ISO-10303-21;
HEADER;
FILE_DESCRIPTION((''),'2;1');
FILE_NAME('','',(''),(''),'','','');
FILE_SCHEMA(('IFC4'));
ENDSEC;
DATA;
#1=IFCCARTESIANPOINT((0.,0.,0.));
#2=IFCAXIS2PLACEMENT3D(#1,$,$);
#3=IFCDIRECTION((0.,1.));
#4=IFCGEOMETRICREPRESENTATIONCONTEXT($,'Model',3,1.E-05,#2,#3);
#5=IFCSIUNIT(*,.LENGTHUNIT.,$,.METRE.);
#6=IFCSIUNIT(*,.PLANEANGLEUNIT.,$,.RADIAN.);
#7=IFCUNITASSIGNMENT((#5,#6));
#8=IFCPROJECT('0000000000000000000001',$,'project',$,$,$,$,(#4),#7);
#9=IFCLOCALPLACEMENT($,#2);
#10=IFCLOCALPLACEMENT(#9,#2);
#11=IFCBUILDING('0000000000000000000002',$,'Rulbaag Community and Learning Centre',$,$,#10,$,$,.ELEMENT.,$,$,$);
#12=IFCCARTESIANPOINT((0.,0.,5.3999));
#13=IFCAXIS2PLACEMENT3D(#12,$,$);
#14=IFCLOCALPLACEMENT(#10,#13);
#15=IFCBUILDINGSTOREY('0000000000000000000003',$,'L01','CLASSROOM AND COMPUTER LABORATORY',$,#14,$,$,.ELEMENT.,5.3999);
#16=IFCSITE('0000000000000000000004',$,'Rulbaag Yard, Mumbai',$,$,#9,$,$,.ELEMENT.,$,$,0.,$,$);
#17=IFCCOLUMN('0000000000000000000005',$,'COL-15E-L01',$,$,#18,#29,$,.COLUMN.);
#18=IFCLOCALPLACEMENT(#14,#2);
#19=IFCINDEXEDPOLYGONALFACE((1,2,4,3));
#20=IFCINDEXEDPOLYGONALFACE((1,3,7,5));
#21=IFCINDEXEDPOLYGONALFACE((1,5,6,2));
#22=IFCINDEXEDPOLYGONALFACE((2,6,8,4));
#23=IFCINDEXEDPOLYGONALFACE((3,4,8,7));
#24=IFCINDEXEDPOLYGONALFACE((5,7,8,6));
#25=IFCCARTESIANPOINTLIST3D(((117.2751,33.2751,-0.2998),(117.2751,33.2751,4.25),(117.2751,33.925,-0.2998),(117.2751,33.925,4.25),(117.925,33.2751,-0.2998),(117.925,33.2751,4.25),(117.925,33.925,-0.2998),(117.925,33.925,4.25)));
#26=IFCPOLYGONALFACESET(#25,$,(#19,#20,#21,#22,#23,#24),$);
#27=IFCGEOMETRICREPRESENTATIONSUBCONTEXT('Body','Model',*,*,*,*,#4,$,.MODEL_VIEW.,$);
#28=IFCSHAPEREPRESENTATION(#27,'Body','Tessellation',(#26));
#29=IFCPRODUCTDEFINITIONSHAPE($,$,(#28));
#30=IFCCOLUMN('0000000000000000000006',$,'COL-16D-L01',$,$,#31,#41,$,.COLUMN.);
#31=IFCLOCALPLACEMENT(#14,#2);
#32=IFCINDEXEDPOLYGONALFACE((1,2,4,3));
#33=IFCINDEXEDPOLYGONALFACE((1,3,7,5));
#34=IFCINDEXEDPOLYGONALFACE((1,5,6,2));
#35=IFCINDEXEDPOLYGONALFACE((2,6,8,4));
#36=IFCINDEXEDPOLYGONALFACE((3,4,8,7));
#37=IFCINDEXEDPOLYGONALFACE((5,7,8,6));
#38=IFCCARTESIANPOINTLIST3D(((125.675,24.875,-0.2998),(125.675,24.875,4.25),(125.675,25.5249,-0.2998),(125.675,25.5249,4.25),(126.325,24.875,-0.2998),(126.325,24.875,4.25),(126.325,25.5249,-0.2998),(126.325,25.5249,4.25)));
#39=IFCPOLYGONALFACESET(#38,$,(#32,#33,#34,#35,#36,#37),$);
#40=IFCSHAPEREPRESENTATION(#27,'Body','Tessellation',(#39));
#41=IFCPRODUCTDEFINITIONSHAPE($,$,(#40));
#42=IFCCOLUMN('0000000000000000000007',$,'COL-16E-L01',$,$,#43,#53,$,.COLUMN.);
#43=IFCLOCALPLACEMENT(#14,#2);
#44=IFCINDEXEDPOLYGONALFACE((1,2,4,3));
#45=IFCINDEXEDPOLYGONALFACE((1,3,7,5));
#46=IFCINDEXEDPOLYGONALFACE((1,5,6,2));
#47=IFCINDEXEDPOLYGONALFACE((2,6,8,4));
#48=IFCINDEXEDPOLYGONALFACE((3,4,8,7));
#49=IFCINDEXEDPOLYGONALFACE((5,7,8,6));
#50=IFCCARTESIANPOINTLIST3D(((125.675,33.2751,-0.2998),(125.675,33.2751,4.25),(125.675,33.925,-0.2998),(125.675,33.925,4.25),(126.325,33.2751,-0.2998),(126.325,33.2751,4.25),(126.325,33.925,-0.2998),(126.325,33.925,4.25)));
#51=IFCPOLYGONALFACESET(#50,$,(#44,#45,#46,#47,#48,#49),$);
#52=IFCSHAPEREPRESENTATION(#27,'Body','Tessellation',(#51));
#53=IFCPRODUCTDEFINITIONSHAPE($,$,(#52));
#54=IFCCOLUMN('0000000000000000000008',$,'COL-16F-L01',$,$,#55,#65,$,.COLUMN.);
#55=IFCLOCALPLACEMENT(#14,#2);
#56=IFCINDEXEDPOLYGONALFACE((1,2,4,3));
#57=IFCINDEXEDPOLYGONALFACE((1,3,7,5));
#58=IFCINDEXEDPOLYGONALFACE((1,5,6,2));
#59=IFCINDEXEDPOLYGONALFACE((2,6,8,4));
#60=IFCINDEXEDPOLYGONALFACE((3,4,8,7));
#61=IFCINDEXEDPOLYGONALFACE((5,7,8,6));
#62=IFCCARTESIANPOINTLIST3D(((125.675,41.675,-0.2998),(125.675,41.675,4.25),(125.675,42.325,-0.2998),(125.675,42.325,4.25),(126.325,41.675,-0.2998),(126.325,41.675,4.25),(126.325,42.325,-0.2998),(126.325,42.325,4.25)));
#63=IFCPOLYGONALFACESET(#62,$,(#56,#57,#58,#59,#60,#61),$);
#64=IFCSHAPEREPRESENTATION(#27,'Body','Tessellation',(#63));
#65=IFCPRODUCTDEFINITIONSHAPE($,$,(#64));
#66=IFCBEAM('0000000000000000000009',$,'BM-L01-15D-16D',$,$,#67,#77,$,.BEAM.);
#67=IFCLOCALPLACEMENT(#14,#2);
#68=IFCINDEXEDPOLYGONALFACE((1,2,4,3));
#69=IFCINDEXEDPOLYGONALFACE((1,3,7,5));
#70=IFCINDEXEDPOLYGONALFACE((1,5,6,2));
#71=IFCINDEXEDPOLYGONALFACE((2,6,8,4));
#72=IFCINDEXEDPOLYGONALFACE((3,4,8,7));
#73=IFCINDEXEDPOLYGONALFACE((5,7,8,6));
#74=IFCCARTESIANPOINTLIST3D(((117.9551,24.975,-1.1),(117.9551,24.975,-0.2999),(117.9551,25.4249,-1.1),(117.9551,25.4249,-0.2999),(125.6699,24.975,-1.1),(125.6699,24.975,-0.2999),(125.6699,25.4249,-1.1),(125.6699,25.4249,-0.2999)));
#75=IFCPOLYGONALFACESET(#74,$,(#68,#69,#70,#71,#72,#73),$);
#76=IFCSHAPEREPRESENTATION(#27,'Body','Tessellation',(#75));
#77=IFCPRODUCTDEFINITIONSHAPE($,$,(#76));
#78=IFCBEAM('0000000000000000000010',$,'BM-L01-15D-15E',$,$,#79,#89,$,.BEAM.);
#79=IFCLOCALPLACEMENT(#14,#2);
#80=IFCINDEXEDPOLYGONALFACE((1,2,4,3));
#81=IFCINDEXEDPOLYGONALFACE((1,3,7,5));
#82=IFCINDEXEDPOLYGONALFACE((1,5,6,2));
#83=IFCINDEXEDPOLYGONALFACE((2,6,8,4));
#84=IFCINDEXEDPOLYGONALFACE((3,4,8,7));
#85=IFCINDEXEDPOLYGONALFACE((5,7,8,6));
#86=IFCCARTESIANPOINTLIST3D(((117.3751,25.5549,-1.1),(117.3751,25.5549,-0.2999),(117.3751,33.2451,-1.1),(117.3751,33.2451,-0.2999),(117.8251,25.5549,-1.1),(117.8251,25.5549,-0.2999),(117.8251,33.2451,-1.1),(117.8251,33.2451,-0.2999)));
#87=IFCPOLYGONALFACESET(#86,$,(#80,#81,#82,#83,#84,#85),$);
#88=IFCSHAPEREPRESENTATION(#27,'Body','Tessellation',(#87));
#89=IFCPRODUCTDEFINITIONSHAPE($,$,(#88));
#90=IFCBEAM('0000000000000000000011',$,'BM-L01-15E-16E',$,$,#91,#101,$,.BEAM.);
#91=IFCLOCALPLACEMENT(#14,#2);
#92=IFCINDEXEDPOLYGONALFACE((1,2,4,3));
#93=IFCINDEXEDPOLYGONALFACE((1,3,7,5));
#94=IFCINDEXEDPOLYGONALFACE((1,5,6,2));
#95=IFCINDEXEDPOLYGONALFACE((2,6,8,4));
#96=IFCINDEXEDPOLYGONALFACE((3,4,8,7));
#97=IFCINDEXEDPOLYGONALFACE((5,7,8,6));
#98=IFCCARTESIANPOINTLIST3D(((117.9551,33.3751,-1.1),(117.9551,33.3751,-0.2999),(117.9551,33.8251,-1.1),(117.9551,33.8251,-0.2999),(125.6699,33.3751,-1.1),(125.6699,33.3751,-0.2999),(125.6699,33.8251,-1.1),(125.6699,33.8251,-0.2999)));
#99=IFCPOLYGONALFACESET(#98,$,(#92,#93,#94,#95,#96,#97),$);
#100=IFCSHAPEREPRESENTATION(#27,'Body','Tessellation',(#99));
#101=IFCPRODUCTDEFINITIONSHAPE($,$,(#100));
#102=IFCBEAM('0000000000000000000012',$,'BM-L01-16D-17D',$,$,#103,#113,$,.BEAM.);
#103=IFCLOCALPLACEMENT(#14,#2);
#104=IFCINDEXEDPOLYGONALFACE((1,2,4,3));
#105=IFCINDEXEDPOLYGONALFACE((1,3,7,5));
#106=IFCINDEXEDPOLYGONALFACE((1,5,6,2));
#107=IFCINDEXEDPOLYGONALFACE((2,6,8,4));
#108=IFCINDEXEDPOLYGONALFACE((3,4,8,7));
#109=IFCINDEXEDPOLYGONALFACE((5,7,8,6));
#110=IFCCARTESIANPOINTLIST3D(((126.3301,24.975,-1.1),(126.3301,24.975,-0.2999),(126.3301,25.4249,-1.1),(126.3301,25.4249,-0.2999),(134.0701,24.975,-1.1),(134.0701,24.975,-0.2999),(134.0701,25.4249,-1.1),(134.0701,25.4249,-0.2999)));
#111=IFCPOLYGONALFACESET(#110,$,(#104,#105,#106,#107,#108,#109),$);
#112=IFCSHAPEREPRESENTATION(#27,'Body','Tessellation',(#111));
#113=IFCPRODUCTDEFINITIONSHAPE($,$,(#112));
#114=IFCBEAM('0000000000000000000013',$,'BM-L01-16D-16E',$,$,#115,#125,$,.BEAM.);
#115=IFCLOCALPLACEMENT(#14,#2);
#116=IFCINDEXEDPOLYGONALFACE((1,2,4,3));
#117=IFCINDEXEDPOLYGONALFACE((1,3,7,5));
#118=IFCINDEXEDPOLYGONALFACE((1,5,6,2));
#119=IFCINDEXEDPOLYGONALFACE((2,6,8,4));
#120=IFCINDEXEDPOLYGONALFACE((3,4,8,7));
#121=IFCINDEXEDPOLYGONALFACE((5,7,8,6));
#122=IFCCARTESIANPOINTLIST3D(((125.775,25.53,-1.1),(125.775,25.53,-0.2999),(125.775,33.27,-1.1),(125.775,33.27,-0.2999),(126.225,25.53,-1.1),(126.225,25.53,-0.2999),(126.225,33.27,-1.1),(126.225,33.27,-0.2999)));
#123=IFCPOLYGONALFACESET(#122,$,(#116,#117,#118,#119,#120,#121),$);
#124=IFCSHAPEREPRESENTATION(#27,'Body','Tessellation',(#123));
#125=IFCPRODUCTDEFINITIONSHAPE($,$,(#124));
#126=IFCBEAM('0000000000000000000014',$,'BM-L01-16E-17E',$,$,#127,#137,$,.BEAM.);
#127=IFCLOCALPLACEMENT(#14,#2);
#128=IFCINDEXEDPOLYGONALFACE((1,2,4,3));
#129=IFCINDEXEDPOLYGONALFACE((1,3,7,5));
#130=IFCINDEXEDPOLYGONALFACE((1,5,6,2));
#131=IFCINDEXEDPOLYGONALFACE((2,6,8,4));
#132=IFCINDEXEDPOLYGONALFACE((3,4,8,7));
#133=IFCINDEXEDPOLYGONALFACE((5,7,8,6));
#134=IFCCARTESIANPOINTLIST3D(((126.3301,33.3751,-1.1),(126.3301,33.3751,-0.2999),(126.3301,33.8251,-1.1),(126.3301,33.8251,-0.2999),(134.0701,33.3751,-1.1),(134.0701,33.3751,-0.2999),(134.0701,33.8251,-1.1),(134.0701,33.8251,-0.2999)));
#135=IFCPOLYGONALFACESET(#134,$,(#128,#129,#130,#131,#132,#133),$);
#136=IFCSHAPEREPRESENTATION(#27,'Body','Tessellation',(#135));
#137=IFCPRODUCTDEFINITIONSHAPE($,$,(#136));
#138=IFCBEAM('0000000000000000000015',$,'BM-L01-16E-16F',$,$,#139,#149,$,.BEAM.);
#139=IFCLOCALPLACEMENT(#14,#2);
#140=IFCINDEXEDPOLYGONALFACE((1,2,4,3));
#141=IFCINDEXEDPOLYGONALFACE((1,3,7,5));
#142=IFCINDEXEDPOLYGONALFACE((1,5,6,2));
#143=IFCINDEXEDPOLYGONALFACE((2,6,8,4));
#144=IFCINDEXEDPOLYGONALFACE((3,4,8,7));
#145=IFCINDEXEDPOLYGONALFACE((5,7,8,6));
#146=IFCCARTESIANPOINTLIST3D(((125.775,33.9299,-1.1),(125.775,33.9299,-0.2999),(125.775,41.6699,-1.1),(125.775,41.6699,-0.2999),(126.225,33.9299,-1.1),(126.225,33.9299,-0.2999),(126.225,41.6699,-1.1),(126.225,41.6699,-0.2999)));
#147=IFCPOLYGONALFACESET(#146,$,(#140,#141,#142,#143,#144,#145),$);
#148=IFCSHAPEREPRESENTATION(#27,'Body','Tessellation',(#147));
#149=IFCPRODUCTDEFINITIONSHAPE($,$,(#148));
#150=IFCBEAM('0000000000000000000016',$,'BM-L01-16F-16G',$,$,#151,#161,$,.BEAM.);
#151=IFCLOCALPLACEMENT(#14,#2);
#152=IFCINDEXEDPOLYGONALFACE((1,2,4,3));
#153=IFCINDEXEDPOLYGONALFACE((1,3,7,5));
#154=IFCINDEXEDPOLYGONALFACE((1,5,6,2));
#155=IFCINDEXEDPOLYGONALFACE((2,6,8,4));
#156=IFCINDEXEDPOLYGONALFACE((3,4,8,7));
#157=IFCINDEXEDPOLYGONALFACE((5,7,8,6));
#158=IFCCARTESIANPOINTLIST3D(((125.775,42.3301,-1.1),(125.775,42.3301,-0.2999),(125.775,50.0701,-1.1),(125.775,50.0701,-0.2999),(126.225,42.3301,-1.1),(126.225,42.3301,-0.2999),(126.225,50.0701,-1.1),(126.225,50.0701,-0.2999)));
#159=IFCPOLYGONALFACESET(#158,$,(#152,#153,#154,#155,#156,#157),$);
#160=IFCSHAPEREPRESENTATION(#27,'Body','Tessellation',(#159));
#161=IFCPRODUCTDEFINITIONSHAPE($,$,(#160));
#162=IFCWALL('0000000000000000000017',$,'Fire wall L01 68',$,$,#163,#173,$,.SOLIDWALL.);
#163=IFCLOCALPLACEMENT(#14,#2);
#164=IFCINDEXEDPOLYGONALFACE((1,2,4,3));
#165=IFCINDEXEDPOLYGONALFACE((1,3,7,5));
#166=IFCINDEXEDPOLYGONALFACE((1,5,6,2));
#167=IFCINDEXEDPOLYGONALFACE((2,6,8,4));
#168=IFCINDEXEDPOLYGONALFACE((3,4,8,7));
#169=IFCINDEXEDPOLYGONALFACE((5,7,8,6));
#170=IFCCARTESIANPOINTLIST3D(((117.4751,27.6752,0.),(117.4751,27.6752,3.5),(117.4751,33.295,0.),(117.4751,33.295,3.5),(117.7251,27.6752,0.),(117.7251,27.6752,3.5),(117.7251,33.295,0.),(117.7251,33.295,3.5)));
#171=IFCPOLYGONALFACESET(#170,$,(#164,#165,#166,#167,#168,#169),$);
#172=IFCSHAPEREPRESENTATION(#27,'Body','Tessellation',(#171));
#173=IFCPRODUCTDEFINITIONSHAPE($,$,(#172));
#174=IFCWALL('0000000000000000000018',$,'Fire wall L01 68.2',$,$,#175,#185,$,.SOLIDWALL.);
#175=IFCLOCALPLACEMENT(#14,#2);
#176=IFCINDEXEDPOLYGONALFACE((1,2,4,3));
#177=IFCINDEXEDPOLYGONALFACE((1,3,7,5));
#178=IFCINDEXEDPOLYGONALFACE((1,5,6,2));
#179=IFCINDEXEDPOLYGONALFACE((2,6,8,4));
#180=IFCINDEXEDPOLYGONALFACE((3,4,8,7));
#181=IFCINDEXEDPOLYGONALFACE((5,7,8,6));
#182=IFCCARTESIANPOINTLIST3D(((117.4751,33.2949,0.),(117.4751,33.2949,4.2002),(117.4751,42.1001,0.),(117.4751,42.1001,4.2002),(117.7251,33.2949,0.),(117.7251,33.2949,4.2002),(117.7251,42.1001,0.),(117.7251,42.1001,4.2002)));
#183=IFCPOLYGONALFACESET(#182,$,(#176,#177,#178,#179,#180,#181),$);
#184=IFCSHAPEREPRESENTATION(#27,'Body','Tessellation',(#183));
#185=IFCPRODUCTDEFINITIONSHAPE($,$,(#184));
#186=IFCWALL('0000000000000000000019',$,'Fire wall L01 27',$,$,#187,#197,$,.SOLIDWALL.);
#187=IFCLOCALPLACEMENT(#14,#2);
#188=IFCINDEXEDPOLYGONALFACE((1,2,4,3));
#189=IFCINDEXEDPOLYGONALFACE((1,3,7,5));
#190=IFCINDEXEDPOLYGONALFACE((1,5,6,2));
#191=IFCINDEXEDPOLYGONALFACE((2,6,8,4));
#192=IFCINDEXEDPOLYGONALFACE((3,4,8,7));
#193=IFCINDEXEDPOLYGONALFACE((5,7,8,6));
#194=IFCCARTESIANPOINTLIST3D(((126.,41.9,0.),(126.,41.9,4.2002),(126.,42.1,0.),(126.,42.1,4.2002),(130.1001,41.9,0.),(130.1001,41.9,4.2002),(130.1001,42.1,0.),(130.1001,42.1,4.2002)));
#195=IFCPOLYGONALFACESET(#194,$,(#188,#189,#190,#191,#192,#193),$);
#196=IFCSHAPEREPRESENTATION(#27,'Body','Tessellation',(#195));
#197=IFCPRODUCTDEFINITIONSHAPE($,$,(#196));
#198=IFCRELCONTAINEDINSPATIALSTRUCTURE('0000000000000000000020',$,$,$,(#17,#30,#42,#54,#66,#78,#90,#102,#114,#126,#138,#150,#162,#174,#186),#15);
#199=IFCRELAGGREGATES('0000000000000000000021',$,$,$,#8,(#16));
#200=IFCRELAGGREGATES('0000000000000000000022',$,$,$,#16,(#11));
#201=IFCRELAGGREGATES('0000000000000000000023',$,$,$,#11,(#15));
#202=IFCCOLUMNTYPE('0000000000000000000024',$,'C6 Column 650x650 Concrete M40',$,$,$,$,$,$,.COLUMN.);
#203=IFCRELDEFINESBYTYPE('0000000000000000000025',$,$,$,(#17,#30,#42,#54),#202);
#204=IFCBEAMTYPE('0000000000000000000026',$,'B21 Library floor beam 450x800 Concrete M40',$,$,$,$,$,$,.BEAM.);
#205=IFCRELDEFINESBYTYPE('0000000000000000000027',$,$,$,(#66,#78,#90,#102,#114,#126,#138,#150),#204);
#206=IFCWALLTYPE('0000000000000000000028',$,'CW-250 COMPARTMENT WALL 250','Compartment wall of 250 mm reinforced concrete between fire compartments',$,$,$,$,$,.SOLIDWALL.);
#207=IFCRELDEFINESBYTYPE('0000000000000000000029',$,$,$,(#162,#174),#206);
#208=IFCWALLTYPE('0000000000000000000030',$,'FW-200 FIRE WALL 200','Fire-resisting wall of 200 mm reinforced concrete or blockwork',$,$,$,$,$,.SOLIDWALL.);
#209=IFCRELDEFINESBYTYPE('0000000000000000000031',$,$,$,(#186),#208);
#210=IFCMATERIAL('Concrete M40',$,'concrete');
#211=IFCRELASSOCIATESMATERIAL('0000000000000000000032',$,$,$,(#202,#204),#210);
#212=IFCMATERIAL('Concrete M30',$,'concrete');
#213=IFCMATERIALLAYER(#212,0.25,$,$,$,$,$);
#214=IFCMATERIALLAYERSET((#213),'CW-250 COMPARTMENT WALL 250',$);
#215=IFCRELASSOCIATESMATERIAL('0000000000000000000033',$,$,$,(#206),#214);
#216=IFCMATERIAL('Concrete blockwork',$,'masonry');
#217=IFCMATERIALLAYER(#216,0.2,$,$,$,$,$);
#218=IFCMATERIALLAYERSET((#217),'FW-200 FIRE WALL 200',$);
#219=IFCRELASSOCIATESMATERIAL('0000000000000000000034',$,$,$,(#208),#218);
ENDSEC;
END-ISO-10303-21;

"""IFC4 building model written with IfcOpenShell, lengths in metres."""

from ifc_helpers import new_model, si_unit, direction, frame, frame_2d, origin, origin_2d, place, context, subcontext, project, spatial, rectangle, extrude, material, layer, layer_set, material_profile, profile_set, type_object, element, save


model = new_model("IFC4")

# Units and contexts
model_context = context("Model", 3, precision=1e-05, world=origin(), true_north=direction((0.0, 1.0)))
body_context = subcontext(model_context, "Body", "Model", "MODEL_VIEW")
ifc_project = project(units=[si_unit("LENGTHUNIT", "METRE"), si_unit("PLANEANGLEUNIT", "RADIAN")], contexts=[model_context])

# Site, building, storey
site_placement = place(None, origin())
site = spatial("IfcSite", under=ifc_project, at=site_placement, Name="Rulbaag Yard, Mumbai", CompositionType="ELEMENT", RefElevation=0.0)
building_placement = place(site_placement, origin())
building = spatial("IfcBuilding", under=site, at=building_placement, Name="Rulbaag Community and Learning Centre", CompositionType="ELEMENT")
storey_placement = place(building_placement, frame((0.0, 0.0, 5.3999)))
storey = spatial("IfcBuildingStorey", under=building, at=storey_placement, Name="L01", Description="CLASSROOM AND COMPUTER LABORATORY", CompositionType="ELEMENT", Elevation=5.3999)

# Columns
ifc_material_1 = material(Name="Concrete M40", Category="concrete")
ifc_material_profile_1 = material_profile(ifc_material_1, rectangle(XDim=0.6499, YDim=0.6499, at=origin_2d()), Name="RC650x650")
ifc_profile_set_1 = profile_set([ifc_material_profile_1], Name="Concrete M40")
column_type = type_object("IfcColumnType", Name="C6 Column 650x650 Concrete M40", PredefinedType="COLUMN", material=ifc_profile_set_1)
for number, where, z_axis, x_axis, name in (
    (1, (117.6001, 33.6001, -0.2998), (0.0, 0.0, 1.0), (1.0, 0.0, 0.0), "COL-15E-L01"),
    (2, (126.0, 25.2, -0.2998), (0.0, 0.0, 1.0), (1.0, 0.0, 0.0), "COL-16D-L01"),
    (3, (126.0, 33.6001, -0.2998), (0.0, 0.0, 1.0), (1.0, 0.0, 0.0), "COL-16E-L01"),
    (4, (126.0, 42.0, -0.2998), (0.0, 0.0, 1.0), (1.0, 0.0, 0.0), "COL-16F-L01"),
):
    element("IfcColumn", number, at=place(storey_placement, frame(where, z_axis=z_axis, x_axis=x_axis)), inside=storey, type_object=column_type, Name=name, PredefinedType="COLUMN", context=body_context, shape_type="SweptSolid", body=[
        extrude(rectangle(XDim=0.6499, YDim=0.6499, at=origin_2d()), origin(), (0.0, 0.0, 1.0), 4.5498),
    ])

# Beams
ifc_material_profile_2 = material_profile(ifc_material_1, rectangle(XDim=0.45, YDim=0.8, at=origin_2d()), Name="RB450x800")
ifc_profile_set_2 = profile_set([ifc_material_profile_2], Name="Concrete M40")
beam_type = type_object("IfcBeamType", Name="B21 Library floor beam 450x800 Concrete M40", PredefinedType="BEAM", material=ifc_profile_set_2)
beam_1_placement = place(storey_placement, frame((117.9551, 25.2, -0.7), z_axis=(1.0, 0.0, 0.0), x_axis=(0.0, 1.0, 0.0)))
element("IfcBeam", 5, at=beam_1_placement, inside=storey, type_object=beam_type, Name="BM-L01-15D-16D", PredefinedType="BEAM", context=body_context, shape_type="SweptSolid", body=[
    extrude(rectangle(XDim=0.45, YDim=0.8, at=origin_2d()), origin(), (0.0, 0.0, 1.0), 7.7148),
])
beam_2_placement = place(storey_placement, frame((117.6001, 25.5549, -0.7), z_axis=(0.0, 1.0, 0.0), x_axis=(-1.0, 0.0, 0.0)))
element("IfcBeam", 6, at=beam_2_placement, inside=storey, type_object=beam_type, Name="BM-L01-15D-15E", PredefinedType="BEAM", context=body_context, shape_type="SweptSolid", body=[
    extrude(rectangle(XDim=0.45, YDim=0.8, at=origin_2d()), origin(), (0.0, 0.0, 1.0), 7.6902),
])
beam_3_placement = place(storey_placement, frame((117.9551, 33.6001, -0.7), z_axis=(1.0, 0.0, 0.0), x_axis=(0.0, 1.0, 0.0)))
element("IfcBeam", 7, at=beam_3_placement, inside=storey, type_object=beam_type, Name="BM-L01-15E-16E", PredefinedType="BEAM", context=body_context, shape_type="SweptSolid", body=[
    extrude(rectangle(XDim=0.45, YDim=0.8, at=origin_2d()), origin(), (0.0, 0.0, 1.0), 7.7148),
])
for number, where, z_axis, x_axis, name in (
    (8, (126.3301, 25.2, -0.7), (1.0, 0.0, 0.0), (0.0, 1.0, 0.0), "BM-L01-16D-17D"),
    (9, (126.0, 25.53, -0.7), (0.0, 1.0, 0.0), (-1.0, 0.0, 0.0), "BM-L01-16D-16E"),
    (10, (126.3301, 33.6001, -0.7), (1.0, 0.0, 0.0), (0.0, 1.0, 0.0), "BM-L01-16E-17E"),
    (11, (126.0, 33.9299, -0.7), (0.0, 1.0, 0.0), (-1.0, 0.0, 0.0), "BM-L01-16E-16F"),
    (12, (126.0, 42.3301, -0.7), (0.0, 1.0, 0.0), (-1.0, 0.0, 0.0), "BM-L01-16F-16G"),
):
    element("IfcBeam", number, at=place(storey_placement, frame(where, z_axis=z_axis, x_axis=x_axis)), inside=storey, type_object=beam_type, Name=name, PredefinedType="BEAM", context=body_context, shape_type="SweptSolid", body=[
        extrude(rectangle(XDim=0.45, YDim=0.8, at=origin_2d()), origin(), (0.0, 0.0, 1.0), 7.74),
    ])

# Walls
ifc_material_2 = material(Name="Concrete M30", Category="concrete")
ifc_layer_1 = layer(ifc_material_2, 0.25)
ifc_layer_set_1 = layer_set([ifc_layer_1], Name="CW-250 COMPARTMENT WALL 250")
wall_type_1 = type_object("IfcWallType", Name="CW-250 COMPARTMENT WALL 250", Description="Compartment wall of 250 mm reinforced concrete between fire compartments", PredefinedType="SOLIDWALL", material=ifc_layer_set_1)
wall_1_placement = place(storey_placement, frame((117.6001, 27.675, 0.0), z_axis=(0.0, 0.0, 1.0), x_axis=(0.0, 1.0, 0.0)))
element("IfcWall", 13, at=wall_1_placement, inside=storey, type_object=wall_type_1, Name="Fire wall L01 68", PredefinedType="SOLIDWALL", context=body_context, shape_type="SweptSolid", body=[
    extrude(rectangle(XDim=5.6199, YDim=0.25, at=frame_2d((2.8101, 0.0))), origin(), (0.0, 0.0, 1.0), 3.5),
])
wall_2_placement = place(storey_placement, frame((117.6001, 33.2949, 0.0), z_axis=(0.0, 0.0, 1.0), x_axis=(0.0, 1.0, 0.0)))
element("IfcWall", 14, at=wall_2_placement, inside=storey, type_object=wall_type_1, Name="Fire wall L01 68.2", PredefinedType="SOLIDWALL", context=body_context, shape_type="SweptSolid", body=[
    extrude(rectangle(XDim=8.8052, YDim=0.25, at=frame_2d((4.4026, 0.0))), origin(), (0.0, 0.0, 1.0), 4.2002),
])
ifc_material_3 = material(Name="Concrete blockwork", Category="masonry")
ifc_layer_2 = layer(ifc_material_3, 0.2)
ifc_layer_set_2 = layer_set([ifc_layer_2], Name="FW-200 FIRE WALL 200")
wall_type_2 = type_object("IfcWallType", Name="FW-200 FIRE WALL 200", Description="Fire-resisting wall of 200 mm reinforced concrete or blockwork", PredefinedType="SOLIDWALL", material=ifc_layer_set_2)
wall_3_placement = place(storey_placement, frame((126.0, 42.0, 0.0), z_axis=(0.0, 0.0, 1.0), x_axis=(1.0, 0.0, 0.0)))
element("IfcWall", 15, at=wall_3_placement, inside=storey, type_object=wall_type_2, Name="Fire wall L01 27", PredefinedType="SOLIDWALL", context=body_context, shape_type="SweptSolid", body=[
    extrude(rectangle(XDim=4.1001, YDim=0.2, at=frame_2d((2.05, 0.0))), origin(), (0.0, 0.0, 1.0), 4.2002),
])

save(model, "model.ifc")
